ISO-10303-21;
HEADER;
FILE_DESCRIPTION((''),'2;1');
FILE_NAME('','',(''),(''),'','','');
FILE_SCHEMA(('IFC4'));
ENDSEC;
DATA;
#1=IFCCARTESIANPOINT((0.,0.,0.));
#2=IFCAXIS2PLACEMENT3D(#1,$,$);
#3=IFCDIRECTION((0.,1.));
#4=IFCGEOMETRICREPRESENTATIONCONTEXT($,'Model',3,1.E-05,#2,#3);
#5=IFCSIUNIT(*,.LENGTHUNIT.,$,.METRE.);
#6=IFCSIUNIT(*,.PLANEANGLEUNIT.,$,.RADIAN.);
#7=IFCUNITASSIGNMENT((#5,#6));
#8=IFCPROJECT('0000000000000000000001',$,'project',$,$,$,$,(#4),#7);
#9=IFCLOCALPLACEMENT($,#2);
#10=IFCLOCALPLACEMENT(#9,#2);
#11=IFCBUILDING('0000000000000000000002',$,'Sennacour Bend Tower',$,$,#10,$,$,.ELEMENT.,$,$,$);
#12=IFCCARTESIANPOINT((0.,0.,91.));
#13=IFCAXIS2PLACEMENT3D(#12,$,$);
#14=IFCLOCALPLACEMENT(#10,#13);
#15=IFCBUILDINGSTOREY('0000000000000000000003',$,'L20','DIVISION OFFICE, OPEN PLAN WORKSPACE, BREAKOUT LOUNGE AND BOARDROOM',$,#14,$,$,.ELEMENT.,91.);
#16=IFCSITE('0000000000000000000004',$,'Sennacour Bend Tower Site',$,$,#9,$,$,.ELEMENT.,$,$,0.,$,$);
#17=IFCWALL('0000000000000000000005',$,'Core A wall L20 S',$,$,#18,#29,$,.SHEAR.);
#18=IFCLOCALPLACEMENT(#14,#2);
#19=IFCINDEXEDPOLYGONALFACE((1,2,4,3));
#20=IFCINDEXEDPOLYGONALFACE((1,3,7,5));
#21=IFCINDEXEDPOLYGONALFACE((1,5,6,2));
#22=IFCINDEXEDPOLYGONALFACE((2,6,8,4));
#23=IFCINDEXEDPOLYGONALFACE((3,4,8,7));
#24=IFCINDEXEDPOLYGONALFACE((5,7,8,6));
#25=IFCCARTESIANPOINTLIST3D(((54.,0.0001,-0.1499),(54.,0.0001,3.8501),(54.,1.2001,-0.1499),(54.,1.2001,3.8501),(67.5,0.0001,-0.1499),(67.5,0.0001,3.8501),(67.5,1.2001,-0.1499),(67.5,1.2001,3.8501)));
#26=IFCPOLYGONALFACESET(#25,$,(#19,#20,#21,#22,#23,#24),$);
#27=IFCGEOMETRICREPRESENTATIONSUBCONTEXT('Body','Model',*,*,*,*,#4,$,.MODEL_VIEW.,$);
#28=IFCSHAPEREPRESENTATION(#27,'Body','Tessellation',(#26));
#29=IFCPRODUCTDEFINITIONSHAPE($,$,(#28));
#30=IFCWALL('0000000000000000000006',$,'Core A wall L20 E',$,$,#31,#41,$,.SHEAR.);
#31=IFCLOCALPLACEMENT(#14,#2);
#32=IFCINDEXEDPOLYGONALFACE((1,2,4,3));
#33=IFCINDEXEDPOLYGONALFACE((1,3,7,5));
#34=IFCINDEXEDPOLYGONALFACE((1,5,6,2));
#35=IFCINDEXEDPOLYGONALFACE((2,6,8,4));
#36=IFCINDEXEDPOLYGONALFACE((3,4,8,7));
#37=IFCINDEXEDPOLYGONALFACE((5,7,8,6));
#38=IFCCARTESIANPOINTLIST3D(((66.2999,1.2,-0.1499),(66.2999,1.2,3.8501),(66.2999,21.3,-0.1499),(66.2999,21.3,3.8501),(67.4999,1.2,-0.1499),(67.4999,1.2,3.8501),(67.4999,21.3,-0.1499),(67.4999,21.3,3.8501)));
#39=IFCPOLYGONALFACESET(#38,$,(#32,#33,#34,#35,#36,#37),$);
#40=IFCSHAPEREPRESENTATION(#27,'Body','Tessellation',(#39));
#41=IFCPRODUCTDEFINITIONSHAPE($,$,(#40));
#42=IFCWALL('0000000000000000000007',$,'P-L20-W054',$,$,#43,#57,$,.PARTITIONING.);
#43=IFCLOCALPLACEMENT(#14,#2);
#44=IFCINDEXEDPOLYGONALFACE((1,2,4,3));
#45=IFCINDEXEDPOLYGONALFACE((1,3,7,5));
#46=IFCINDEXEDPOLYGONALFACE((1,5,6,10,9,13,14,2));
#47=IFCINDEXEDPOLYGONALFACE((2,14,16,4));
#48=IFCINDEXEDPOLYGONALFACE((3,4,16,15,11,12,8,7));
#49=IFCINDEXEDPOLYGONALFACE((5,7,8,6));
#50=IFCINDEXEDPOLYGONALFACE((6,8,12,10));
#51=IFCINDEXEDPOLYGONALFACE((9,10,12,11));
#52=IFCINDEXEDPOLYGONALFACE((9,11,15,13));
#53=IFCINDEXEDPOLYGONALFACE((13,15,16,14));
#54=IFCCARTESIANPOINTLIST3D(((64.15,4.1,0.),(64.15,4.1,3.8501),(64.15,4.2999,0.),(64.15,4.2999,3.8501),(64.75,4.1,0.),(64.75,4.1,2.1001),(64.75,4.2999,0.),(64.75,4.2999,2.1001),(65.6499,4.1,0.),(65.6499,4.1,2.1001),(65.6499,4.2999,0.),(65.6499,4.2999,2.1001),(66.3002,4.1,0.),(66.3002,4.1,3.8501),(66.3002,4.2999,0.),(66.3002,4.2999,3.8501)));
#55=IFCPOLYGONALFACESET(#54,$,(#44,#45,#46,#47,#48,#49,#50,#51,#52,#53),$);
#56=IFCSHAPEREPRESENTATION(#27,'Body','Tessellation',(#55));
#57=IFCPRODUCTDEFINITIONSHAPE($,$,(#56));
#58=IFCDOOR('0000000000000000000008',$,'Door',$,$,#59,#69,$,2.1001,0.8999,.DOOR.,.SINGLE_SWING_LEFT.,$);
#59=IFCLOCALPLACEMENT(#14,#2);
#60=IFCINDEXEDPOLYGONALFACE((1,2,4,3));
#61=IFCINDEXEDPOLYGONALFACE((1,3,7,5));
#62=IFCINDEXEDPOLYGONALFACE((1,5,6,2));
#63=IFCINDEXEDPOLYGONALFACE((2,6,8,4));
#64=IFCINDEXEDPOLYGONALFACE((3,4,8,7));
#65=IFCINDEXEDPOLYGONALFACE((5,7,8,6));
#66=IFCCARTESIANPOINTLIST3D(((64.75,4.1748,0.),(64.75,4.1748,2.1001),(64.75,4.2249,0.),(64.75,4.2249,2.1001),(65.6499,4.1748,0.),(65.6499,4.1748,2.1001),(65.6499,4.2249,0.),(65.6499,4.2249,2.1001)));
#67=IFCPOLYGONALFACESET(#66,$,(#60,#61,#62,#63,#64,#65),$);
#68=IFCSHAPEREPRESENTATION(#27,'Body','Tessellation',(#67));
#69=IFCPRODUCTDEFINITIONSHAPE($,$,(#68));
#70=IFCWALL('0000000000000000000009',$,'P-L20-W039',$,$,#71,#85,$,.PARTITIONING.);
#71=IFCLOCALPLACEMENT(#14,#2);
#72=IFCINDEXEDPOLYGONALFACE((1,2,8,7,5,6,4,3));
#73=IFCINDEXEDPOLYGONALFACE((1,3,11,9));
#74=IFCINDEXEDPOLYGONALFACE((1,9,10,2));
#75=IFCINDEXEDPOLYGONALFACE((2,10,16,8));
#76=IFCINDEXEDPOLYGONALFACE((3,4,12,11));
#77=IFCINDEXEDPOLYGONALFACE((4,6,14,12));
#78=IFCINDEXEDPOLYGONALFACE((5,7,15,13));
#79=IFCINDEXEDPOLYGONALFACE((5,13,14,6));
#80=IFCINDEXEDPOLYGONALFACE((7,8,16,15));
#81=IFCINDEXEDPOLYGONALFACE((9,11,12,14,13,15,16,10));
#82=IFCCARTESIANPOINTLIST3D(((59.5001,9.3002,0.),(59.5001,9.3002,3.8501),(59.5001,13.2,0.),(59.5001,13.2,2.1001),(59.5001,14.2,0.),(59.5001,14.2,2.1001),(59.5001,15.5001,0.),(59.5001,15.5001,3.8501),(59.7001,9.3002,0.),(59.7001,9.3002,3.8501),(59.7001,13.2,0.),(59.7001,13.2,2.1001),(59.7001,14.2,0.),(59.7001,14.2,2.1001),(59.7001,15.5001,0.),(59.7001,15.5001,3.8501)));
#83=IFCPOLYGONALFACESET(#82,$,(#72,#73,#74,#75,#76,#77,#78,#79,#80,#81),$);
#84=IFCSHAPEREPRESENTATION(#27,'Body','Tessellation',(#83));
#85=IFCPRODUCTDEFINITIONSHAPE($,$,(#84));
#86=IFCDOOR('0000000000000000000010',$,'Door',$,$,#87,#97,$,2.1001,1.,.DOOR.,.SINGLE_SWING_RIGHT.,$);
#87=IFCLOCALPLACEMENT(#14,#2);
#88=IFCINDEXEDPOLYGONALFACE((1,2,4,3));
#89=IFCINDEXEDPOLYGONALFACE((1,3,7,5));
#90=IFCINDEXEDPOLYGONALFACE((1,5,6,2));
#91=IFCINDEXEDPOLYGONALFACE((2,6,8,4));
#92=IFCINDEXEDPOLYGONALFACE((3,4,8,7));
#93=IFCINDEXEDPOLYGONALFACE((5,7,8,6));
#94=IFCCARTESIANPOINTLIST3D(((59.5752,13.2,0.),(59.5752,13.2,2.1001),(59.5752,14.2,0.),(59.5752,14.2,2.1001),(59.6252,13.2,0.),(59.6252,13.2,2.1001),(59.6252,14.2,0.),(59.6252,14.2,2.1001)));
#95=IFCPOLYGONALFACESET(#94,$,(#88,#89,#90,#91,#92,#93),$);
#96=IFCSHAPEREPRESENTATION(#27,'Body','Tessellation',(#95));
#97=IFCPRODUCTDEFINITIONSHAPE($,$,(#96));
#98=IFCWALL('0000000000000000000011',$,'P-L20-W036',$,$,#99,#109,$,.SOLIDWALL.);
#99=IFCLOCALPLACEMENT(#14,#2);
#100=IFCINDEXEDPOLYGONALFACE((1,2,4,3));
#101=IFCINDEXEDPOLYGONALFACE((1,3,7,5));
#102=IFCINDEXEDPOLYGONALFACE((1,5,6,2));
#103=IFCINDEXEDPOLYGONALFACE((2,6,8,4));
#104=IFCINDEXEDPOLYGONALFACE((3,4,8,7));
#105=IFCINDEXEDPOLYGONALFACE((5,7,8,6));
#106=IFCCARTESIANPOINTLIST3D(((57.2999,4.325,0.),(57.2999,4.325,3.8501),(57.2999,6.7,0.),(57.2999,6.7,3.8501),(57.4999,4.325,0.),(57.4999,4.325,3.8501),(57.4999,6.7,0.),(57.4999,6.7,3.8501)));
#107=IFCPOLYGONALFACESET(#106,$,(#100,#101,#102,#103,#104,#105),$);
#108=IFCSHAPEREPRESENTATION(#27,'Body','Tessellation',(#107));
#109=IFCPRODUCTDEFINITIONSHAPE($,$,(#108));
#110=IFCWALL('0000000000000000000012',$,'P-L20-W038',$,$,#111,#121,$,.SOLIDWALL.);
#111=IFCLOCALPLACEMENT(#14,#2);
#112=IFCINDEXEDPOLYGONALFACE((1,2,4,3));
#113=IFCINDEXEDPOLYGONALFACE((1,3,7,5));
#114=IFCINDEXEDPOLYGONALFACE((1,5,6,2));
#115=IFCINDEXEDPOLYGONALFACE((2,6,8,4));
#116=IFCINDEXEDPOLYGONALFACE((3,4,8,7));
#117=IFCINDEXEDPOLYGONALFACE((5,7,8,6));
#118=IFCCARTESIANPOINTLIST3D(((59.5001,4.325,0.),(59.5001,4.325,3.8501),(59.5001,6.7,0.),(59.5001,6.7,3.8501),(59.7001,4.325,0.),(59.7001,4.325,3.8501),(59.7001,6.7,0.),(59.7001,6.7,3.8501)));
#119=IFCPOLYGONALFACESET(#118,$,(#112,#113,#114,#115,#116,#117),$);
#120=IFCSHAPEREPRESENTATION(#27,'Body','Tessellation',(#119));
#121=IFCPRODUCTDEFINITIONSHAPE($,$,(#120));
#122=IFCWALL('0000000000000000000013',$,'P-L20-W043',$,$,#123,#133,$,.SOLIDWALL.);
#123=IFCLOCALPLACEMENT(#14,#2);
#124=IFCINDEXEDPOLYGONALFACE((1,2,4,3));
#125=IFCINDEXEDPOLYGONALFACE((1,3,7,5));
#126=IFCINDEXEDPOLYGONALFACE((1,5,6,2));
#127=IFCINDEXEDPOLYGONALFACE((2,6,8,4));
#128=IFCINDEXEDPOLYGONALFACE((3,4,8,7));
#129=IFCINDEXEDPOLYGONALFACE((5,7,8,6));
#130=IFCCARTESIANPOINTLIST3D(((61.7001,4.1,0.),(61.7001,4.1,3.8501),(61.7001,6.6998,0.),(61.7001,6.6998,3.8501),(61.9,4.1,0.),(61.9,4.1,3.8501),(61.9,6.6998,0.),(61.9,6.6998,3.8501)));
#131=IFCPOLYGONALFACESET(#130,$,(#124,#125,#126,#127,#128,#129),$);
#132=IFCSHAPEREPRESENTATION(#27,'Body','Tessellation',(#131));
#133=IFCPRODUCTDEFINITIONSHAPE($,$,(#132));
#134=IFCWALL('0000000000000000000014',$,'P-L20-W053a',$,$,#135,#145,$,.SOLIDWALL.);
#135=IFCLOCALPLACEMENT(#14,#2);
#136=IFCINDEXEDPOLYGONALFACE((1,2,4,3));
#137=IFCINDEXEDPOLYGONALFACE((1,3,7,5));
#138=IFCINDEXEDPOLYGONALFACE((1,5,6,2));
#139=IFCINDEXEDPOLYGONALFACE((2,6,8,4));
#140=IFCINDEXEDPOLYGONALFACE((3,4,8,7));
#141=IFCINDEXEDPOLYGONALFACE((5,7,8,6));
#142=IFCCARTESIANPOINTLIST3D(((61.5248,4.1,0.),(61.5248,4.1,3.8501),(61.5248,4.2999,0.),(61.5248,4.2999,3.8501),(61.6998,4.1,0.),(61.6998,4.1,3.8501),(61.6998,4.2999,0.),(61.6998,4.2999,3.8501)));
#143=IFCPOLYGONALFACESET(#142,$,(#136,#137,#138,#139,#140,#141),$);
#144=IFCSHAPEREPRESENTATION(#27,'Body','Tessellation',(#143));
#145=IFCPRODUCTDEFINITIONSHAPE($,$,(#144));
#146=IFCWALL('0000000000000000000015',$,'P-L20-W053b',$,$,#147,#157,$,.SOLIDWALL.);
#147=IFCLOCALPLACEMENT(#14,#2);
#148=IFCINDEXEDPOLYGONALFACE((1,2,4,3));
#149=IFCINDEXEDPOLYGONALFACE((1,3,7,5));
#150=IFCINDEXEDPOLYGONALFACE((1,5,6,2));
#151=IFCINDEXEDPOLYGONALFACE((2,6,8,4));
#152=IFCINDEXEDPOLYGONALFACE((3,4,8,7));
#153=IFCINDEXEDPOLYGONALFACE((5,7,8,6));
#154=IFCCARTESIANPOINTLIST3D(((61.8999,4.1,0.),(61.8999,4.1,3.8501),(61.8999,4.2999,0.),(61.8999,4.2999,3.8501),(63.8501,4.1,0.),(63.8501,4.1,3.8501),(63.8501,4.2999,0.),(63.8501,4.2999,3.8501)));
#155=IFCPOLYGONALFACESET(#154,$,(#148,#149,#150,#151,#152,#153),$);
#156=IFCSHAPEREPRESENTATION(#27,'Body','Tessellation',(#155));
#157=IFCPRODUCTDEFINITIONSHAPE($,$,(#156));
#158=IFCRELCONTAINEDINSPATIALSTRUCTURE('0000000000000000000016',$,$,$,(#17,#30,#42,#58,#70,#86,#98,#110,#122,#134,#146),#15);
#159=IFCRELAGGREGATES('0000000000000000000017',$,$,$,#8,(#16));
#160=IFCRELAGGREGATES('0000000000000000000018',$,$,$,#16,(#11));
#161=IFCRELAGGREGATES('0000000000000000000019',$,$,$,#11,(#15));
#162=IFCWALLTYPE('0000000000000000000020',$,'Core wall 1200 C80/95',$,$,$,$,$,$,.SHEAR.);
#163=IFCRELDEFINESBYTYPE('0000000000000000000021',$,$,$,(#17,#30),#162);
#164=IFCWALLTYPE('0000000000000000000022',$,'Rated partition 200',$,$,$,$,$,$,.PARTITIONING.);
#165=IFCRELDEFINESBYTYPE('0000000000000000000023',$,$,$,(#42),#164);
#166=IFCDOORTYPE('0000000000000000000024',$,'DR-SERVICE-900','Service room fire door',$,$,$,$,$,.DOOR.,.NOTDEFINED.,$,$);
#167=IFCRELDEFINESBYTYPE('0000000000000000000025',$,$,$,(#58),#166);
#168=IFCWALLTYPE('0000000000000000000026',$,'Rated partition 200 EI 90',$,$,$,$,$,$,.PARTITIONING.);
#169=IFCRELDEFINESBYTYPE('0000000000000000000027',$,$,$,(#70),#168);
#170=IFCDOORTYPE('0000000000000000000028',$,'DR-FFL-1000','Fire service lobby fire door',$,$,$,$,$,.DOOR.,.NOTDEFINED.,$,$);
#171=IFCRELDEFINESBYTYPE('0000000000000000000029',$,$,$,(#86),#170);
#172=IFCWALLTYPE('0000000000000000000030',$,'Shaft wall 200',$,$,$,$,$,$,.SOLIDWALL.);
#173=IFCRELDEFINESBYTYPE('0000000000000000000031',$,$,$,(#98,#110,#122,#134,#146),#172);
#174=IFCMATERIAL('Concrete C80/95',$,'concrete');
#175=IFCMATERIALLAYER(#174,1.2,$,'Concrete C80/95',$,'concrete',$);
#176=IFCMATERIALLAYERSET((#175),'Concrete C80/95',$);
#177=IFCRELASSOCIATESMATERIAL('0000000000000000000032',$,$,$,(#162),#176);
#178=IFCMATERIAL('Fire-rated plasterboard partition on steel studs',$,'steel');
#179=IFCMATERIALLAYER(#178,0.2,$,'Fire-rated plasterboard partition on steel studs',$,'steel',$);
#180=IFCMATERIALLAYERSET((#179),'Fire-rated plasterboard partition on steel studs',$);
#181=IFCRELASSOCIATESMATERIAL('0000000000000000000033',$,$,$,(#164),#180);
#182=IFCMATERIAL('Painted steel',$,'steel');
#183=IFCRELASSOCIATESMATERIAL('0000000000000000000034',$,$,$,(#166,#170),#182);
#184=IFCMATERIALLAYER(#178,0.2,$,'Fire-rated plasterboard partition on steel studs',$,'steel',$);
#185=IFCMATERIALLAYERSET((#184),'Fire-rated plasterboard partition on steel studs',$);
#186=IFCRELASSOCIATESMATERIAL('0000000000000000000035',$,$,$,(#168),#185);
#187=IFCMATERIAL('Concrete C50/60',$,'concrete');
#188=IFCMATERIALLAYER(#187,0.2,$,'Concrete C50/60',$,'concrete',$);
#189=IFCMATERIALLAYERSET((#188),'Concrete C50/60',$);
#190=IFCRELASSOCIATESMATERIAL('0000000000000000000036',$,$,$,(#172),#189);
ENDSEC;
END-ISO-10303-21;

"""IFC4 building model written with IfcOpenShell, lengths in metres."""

from ifc_helpers import new_model, si_unit, direction, frame, frame_2d, origin, place, context, subcontext, project, spatial, rectangle, extrude, material, layer, layer_set, type_object, element, fill, save


model = new_model("IFC4")

# Units and contexts
model_context = context("Model", 3, precision=1e-05, world=origin(), true_north=direction((0.0, 1.0)))
body_context = subcontext(model_context, "Body", "Model", "MODEL_VIEW")
ifc_project = project(units=[si_unit("LENGTHUNIT", "METRE"), si_unit("PLANEANGLEUNIT", "RADIAN")], contexts=[model_context])

# Site, building, storey
site_placement = place(None, origin())
site = spatial("IfcSite", under=ifc_project, at=site_placement, Name="Sennacour Bend Tower Site", CompositionType="ELEMENT", RefElevation=0.0)
building_placement = place(site_placement, origin())
building = spatial("IfcBuilding", under=site, at=building_placement, Name="Sennacour Bend Tower", CompositionType="ELEMENT")
storey_placement = place(building_placement, frame((0.0, 0.0, 91.0)))
storey = spatial("IfcBuildingStorey", under=building, at=storey_placement, Name="L20", Description="DIVISION OFFICE, OPEN PLAN WORKSPACE, BREAKOUT LOUNGE AND BOARDROOM", CompositionType="ELEMENT", Elevation=91.0)

# Walls
ifc_material_1 = material(Name="Concrete C80/95", Category="concrete")
ifc_layer_1 = layer(ifc_material_1, 1.2, Name="Concrete C80/95", Category="concrete")
ifc_layer_set_1 = layer_set([ifc_layer_1], Name="Concrete C80/95")
wall_type_1 = type_object("IfcWallType", Name="Core wall 1200 C80/95", PredefinedType="SHEAR", material=ifc_layer_set_1)
wall_1_placement = place(storey_placement, frame((67.5, 0.6001, -0.1499), z_axis=(0.0, 0.0, 1.0), x_axis=(-1.0, 0.0, 0.0)))
element("IfcWall", 1, at=wall_1_placement, inside=storey, type_object=wall_type_1, Name="Core A wall L20 S", PredefinedType="SHEAR", context=body_context, shape_type="SweptSolid", body=[
    extrude(rectangle(XDim=13.5, YDim=1.2, at=frame_2d((6.75, 0.0))), origin(), (0.0, 0.0, 1.0), 4.0),
])
wall_2_placement = place(storey_placement, frame((66.8999, 1.2, -0.1499), z_axis=(0.0, 0.0, 1.0), x_axis=(0.0, 1.0, 0.0)))
element("IfcWall", 2, at=wall_2_placement, inside=storey, type_object=wall_type_1, Name="Core A wall L20 E", PredefinedType="SHEAR", context=body_context, shape_type="SweptSolid", body=[
    extrude(rectangle(XDim=20.1001, YDim=1.2, at=frame_2d((10.05, 0.0))), origin(), (0.0, 0.0, 1.0), 4.0),
])

# Walls, openings, doors
ifc_material_2 = material(Name="Fire-rated plasterboard partition on steel studs", Category="steel")
ifc_layer_2 = layer(ifc_material_2, 0.2, Name="Fire-rated plasterboard partition on steel studs", Category="steel")
ifc_layer_set_2 = layer_set([ifc_layer_2], Name="Fire-rated plasterboard partition on steel studs")
wall_type_2 = type_object("IfcWallType", Name="Rated partition 200", PredefinedType="PARTITIONING", material=ifc_layer_set_2)
wall_3_placement = place(storey_placement, frame((64.1499, 4.2, 0.0), z_axis=(0.0, 0.0, 1.0), x_axis=(1.0, 0.0, 0.0)))
wall_3 = element("IfcWall", 3, at=wall_3_placement, inside=storey, type_object=wall_type_2, Name="P-L20-W054", PredefinedType="PARTITIONING", context=body_context, shape_type="SweptSolid", body=[
    extrude(rectangle(XDim=2.1501, YDim=0.2, at=frame_2d((1.0752, 0.0))), origin(), (0.0, 0.0, 1.0), 3.8501),
])
opening_1_placement = place(wall_3_placement, frame((0.6001, 0.0, 0.0)))
opening_1 = element("IfcOpeningElement", 4, at=opening_1_placement, cuts=wall_3, PredefinedType="OPENING", context=body_context, shape_type="SweptSolid", body=[
    extrude(rectangle(XDim=0.8999, YDim=2.1001, at=frame_2d((0.45, 1.05))), frame((0.0, 0.1099, 0.0), z_axis=(0.0, -1.0, 0.0), x_axis=(1.0, 0.0, 0.0)), (0.0, 0.0, 1.0), 0.22),
])
ifc_material_3 = material(Name="Painted steel", Category="steel")
door_type_1 = type_object("IfcDoorType", Name="DR-SERVICE-900", Description="Service room fire door", OperationType="NOTDEFINED", PredefinedType="DOOR", material=ifc_material_3)
door_1_placement = place(opening_1_placement, origin())
door_1 = element("IfcDoor", 5, at=door_1_placement, inside=storey, type_object=door_type_1, Name="Door", OperationType="SINGLE_SWING_LEFT", OverallHeight=2.1001, OverallWidth=0.8999, PredefinedType="DOOR", context=body_context, shape_type="SweptSolid", body=[
    extrude(rectangle(XDim=0.8999, YDim=2.1001, at=frame_2d((0.45, 1.05))), frame((0.0, 0.0249, 0.0), z_axis=(0.0, -1.0, 0.0), x_axis=(1.0, 0.0, 0.0)), (0.0, 0.0, 1.0), 0.05),
])
fill(opening_1, door_1)
ifc_layer_3 = layer(ifc_material_2, 0.2, Name="Fire-rated plasterboard partition on steel studs", Category="steel")
ifc_layer_set_3 = layer_set([ifc_layer_3], Name="Fire-rated plasterboard partition on steel studs")
wall_type_3 = type_object("IfcWallType", Name="Rated partition 200 EI 90", PredefinedType="PARTITIONING", material=ifc_layer_set_3)
wall_4_placement = place(storey_placement, frame((59.6001, 9.3, 0.0), z_axis=(0.0, 0.0, 1.0), x_axis=(0.0, 1.0, 0.0)))
wall_4 = element("IfcWall", 6, at=wall_4_placement, inside=storey, type_object=wall_type_3, Name="P-L20-W039", PredefinedType="PARTITIONING", context=body_context, shape_type="SweptSolid", body=[
    extrude(rectangle(XDim=6.2, YDim=0.2, at=frame_2d((3.1001, 0.0))), origin(), (0.0, 0.0, 1.0), 3.8501),
])
opening_2_placement = place(wall_4_placement, frame((3.8999, 0.0, 0.0)))
opening_2 = element("IfcOpeningElement", 7, at=opening_2_placement, cuts=wall_4, PredefinedType="OPENING", context=body_context, shape_type="SweptSolid", body=[
    extrude(rectangle(XDim=1.0, YDim=2.1001, at=frame_2d((0.5, 1.05))), frame((0.0, 0.1099, 0.0), z_axis=(0.0, -1.0, 0.0), x_axis=(1.0, 0.0, 0.0)), (0.0, 0.0, 1.0), 0.22),
])
door_type_2 = type_object("IfcDoorType", Name="DR-FFL-1000", Description="Fire service lobby fire door", OperationType="NOTDEFINED", PredefinedType="DOOR", material=ifc_material_3)
door_2_placement = place(opening_2_placement, origin())
door_2 = element("IfcDoor", 8, at=door_2_placement, inside=storey, type_object=door_type_2, Name="Door", OperationType="SINGLE_SWING_RIGHT", OverallHeight=2.1001, OverallWidth=1.0, PredefinedType="DOOR", context=body_context, shape_type="SweptSolid", body=[
    extrude(rectangle(XDim=1.0, YDim=2.1001, at=frame_2d((0.5, 1.05))), frame((0.0, 0.0249, 0.0), z_axis=(0.0, -1.0, 0.0), x_axis=(1.0, 0.0, 0.0)), (0.0, 0.0, 1.0), 0.05),
])
fill(opening_2, door_2)

# Walls
ifc_material_4 = material(Name="Concrete C50/60", Category="concrete")
ifc_layer_4 = layer(ifc_material_4, 0.2, Name="Concrete C50/60", Category="concrete")
ifc_layer_set_4 = layer_set([ifc_layer_4], Name="Concrete C50/60")
wall_type_4 = type_object("IfcWallType", Name="Shaft wall 200", PredefinedType="SOLIDWALL", material=ifc_layer_set_4)
for number, where, z_axis, x_axis, name in (
    (9, (57.3999, 4.325, 0.0), (0.0, 0.0, 1.0), (0.0, 1.0, 0.0), "P-L20-W036"),
    (10, (59.6001, 4.325, 0.0), (0.0, 0.0, 1.0), (0.0, 1.0, 0.0), "P-L20-W038"),
):
    element("IfcWall", number, at=place(storey_placement, frame(where, z_axis=z_axis, x_axis=x_axis)), inside=storey, type_object=wall_type_4, Name=name, PredefinedType="SOLIDWALL", context=body_context, shape_type="SweptSolid", body=[
        extrude(rectangle(XDim=2.375, YDim=0.2, at=frame_2d((1.1875, 0.0))), origin(), (0.0, 0.0, 1.0), 3.8501),
    ])
wall_5_placement = place(storey_placement, frame((61.8, 4.1001, 0.0), z_axis=(0.0, 0.0, 1.0), x_axis=(0.0, 1.0, 0.0)))
element("IfcWall", 11, at=wall_5_placement, inside=storey, type_object=wall_type_4, Name="P-L20-W043", PredefinedType="SOLIDWALL", context=body_context, shape_type="SweptSolid", body=[
    extrude(rectangle(XDim=2.5999, YDim=0.2, at=frame_2d((1.2998, 0.0))), origin(), (0.0, 0.0, 1.0), 3.8501),
])
wall_6_placement = place(storey_placement, frame((61.5249, 4.2, 0.0), z_axis=(0.0, 0.0, 1.0), x_axis=(1.0, 0.0, 0.0)))
element("IfcWall", 12, at=wall_6_placement, inside=storey, type_object=wall_type_4, Name="P-L20-W053a", PredefinedType="SOLIDWALL", context=body_context, shape_type="SweptSolid", body=[
    extrude(rectangle(XDim=0.175, YDim=0.2, at=frame_2d((0.0874, 0.0))), origin(), (0.0, 0.0, 1.0), 3.8501),
])
wall_7_placement = place(storey_placement, frame((61.8999, 4.2, 0.0), z_axis=(0.0, 0.0, 1.0), x_axis=(1.0, 0.0, 0.0)))
element("IfcWall", 13, at=wall_7_placement, inside=storey, type_object=wall_type_4, Name="P-L20-W053b", PredefinedType="SOLIDWALL", context=body_context, shape_type="SweptSolid", body=[
    extrude(rectangle(XDim=1.9502, YDim=0.2, at=frame_2d((0.9751, 0.0))), origin(), (0.0, 0.0, 1.0), 3.8501),
])

save(model, "model.ifc")
